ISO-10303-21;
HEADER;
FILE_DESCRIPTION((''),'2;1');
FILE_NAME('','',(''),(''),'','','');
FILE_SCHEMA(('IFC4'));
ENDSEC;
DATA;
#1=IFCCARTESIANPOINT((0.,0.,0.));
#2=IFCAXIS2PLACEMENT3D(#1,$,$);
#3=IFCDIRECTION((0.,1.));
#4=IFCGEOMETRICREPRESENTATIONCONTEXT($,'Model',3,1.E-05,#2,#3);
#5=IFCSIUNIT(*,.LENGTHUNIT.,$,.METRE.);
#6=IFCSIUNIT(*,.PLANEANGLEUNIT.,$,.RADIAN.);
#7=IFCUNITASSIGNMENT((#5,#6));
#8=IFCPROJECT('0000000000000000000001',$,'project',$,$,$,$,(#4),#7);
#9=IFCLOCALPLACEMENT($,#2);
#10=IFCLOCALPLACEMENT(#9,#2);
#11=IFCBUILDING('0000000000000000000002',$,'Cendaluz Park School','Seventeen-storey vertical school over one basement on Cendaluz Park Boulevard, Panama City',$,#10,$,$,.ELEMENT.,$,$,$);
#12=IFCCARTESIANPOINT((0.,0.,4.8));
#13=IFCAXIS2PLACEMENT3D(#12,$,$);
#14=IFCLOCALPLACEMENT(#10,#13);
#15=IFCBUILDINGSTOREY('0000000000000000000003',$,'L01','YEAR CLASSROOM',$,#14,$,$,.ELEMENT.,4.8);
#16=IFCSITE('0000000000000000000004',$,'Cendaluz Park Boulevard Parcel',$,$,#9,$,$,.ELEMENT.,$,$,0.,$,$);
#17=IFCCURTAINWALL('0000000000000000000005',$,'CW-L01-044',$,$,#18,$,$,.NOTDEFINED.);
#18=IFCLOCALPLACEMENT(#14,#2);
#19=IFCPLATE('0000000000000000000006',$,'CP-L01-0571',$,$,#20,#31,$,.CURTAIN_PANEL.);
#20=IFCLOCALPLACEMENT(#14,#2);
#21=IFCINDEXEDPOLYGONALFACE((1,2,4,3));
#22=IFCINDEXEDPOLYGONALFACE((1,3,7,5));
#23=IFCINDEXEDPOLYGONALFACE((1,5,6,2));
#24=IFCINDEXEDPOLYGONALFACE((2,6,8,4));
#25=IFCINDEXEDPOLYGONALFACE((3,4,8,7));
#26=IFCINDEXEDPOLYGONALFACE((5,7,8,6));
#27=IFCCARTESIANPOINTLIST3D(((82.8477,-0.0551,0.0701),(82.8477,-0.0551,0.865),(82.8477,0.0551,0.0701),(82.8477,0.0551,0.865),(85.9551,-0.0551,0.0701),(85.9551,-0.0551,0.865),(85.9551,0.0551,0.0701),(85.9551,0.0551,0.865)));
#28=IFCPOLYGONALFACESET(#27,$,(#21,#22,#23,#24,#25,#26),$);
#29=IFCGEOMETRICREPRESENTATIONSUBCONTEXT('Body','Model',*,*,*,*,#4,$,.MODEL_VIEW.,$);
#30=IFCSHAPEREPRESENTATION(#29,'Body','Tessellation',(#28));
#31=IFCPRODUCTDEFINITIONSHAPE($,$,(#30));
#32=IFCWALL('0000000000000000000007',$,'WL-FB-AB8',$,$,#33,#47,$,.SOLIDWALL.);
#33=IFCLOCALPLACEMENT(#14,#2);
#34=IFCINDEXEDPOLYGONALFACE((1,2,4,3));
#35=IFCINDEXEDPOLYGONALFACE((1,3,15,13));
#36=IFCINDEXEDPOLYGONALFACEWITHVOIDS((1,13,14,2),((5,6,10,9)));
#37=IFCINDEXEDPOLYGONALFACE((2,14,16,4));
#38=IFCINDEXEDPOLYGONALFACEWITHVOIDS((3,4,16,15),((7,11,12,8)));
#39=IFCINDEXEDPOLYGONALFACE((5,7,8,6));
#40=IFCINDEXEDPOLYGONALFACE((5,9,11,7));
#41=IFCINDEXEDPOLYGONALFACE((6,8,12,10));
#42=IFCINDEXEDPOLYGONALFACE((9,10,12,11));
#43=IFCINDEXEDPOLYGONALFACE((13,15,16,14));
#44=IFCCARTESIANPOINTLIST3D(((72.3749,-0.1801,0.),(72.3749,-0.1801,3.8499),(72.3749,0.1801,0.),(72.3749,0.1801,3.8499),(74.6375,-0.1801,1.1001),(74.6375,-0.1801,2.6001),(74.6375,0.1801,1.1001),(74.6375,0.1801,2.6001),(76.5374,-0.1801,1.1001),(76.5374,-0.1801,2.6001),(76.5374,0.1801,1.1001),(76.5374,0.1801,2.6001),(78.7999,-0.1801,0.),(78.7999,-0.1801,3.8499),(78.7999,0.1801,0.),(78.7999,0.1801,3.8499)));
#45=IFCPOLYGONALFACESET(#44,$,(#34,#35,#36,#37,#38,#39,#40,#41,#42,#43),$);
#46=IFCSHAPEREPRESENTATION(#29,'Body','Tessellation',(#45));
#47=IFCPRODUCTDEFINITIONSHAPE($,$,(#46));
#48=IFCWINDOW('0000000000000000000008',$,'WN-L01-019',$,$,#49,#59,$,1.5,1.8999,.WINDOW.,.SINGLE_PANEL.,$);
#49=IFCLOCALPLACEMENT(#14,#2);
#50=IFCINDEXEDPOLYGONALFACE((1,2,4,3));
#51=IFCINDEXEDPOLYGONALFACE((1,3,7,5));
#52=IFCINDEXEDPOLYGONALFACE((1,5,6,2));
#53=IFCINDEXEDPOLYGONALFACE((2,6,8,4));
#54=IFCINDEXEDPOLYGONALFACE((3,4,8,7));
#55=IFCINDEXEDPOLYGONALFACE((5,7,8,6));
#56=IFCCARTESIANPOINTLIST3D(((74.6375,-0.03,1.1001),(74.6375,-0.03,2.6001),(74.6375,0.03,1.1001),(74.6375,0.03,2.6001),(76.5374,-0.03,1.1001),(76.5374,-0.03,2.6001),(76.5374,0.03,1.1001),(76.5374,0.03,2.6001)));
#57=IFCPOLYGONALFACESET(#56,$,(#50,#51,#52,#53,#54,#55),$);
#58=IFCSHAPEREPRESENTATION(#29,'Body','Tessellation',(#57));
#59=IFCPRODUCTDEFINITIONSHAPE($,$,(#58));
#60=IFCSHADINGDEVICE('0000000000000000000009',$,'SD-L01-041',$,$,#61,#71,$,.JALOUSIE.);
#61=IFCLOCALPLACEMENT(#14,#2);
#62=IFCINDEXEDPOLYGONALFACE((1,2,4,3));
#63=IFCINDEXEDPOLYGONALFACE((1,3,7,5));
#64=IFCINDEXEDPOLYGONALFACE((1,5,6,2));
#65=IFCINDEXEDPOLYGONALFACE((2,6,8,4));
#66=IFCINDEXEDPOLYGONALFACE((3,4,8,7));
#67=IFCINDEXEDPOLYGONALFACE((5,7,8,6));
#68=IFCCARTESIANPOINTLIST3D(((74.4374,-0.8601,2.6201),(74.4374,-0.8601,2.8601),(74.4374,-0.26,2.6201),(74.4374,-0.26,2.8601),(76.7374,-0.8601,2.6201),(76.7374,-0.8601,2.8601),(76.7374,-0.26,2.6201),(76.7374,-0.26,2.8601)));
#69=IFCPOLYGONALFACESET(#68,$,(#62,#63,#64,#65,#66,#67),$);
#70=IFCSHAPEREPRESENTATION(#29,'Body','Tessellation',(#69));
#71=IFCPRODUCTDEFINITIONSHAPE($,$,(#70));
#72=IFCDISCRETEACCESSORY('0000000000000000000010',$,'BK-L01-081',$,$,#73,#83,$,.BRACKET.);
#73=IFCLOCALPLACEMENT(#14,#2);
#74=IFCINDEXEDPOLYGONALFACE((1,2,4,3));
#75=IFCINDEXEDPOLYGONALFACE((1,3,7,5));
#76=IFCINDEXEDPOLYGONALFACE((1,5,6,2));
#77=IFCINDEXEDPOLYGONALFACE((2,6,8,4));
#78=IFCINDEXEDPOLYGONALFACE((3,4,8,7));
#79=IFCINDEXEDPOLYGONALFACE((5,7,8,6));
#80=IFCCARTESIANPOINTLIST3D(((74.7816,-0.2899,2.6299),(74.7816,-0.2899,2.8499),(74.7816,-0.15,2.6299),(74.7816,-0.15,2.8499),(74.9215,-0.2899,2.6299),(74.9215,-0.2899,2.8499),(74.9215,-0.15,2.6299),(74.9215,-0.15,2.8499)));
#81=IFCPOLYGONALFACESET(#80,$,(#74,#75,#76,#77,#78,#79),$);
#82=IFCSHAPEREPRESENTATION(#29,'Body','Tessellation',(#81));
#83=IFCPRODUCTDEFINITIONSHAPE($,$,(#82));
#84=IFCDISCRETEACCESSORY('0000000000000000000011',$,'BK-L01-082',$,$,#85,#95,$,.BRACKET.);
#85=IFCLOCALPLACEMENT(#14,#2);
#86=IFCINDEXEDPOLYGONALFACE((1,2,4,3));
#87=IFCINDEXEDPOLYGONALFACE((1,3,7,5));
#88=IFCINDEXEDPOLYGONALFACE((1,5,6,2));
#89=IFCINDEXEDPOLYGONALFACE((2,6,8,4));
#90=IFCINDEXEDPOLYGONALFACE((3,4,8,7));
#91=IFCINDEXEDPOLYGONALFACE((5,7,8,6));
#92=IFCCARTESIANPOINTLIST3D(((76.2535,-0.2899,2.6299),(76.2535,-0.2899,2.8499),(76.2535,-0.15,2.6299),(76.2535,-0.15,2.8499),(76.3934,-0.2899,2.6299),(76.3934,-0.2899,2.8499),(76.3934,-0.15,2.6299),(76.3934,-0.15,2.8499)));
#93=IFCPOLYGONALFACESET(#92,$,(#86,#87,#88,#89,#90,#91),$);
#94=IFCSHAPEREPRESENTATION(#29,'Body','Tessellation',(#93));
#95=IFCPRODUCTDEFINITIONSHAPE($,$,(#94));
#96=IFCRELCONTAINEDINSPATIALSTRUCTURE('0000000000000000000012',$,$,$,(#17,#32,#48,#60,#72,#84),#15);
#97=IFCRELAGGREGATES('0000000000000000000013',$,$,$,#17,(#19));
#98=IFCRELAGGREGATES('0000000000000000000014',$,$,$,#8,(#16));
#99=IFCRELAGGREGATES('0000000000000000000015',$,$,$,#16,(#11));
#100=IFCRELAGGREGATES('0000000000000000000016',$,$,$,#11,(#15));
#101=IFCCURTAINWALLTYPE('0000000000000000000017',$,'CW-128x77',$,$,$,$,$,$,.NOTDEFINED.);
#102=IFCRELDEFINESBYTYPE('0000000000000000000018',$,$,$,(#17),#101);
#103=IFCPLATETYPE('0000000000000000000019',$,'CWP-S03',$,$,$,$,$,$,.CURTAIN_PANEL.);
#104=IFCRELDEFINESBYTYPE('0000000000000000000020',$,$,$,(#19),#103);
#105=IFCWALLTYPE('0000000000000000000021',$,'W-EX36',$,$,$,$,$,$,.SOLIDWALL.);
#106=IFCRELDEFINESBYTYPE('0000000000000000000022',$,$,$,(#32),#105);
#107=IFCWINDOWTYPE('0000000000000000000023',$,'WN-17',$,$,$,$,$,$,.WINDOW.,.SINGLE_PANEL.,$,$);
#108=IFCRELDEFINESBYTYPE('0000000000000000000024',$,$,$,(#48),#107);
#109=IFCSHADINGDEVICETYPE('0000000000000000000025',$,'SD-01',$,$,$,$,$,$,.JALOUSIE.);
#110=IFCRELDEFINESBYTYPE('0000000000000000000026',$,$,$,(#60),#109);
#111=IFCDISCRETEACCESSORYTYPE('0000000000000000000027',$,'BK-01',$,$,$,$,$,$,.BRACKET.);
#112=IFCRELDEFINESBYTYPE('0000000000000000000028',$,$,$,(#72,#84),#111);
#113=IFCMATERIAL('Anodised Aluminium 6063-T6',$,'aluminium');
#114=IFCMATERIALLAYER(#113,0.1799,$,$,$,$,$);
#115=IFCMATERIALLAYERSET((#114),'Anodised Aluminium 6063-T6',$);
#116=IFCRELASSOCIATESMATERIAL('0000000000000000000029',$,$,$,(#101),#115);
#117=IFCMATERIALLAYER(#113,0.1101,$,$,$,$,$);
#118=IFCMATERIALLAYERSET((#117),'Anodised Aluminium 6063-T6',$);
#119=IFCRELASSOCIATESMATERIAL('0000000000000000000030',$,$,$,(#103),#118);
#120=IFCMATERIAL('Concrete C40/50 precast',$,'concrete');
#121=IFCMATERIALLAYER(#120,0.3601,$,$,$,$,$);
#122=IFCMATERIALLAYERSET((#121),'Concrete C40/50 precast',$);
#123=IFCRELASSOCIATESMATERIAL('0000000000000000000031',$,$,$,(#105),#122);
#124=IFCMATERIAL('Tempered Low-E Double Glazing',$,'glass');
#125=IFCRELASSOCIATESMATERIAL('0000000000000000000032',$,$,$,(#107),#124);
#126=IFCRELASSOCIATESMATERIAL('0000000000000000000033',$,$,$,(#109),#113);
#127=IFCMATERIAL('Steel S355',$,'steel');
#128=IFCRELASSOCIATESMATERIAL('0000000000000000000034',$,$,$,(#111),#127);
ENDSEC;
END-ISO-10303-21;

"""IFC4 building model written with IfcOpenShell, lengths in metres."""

from ifc_helpers import new_model, si_unit, direction, frame, frame_2d, origin, origin_2d, place, context, subcontext, project, spatial, rectangle, extrude, material, layer, layer_set, type_object, element, fill, aggregate, save


model = new_model("IFC4")

# Units and contexts
model_context = context("Model", 3, precision=1e-05, world=origin(), true_north=direction((0.0, 1.0)))
body_context = subcontext(model_context, "Body", "Model", "MODEL_VIEW")
ifc_project = project(units=[si_unit("LENGTHUNIT", "METRE"), si_unit("PLANEANGLEUNIT", "RADIAN")], contexts=[model_context])

# Site, building, storey
site_placement = place(None, origin())
site = spatial("IfcSite", under=ifc_project, at=site_placement, Name="Cendaluz Park Boulevard Parcel", CompositionType="ELEMENT", RefElevation=0.0)
building_placement = place(site_placement, origin())
building = spatial("IfcBuilding", under=site, at=building_placement, Name="Cendaluz Park School", Description="Seventeen-storey vertical school over one basement on Cendaluz Park Boulevard, Panama City", CompositionType="ELEMENT")
storey_placement = place(building_placement, frame((0.0, 0.0, 4.8)))
storey = spatial("IfcBuildingStorey", under=building, at=storey_placement, Name="L01", Description="YEAR CLASSROOM", CompositionType="ELEMENT", Elevation=4.8)

# Curtain wall, plate
ifc_material_1 = material(Name="Anodised Aluminium 6063-T6", Category="aluminium")
ifc_layer_1 = layer(ifc_material_1, 0.1799)
ifc_layer_set_1 = layer_set([ifc_layer_1], Name="Anodised Aluminium 6063-T6")
curtain_wall_type = type_object("IfcCurtainWallType", Name="CW-128x77", PredefinedType="NOTDEFINED", material=ifc_layer_set_1)
curtain_wall_placement = place(storey_placement, origin())
curtain_wall = element("IfcCurtainWall", 1, at=curtain_wall_placement, inside=storey, type_object=curtain_wall_type, Name="CW-L01-044", PredefinedType="NOTDEFINED")
ifc_material_2 = material(Name="Tempered Low-E Double Glazing", Category="glass")
ifc_layer_2 = layer(ifc_material_1, 0.1101)
ifc_layer_set_2 = layer_set([ifc_layer_2], Name="Anodised Aluminium 6063-T6")
plate_type_1 = type_object("IfcPlateType", Name="CWP-S03", PredefinedType="CURTAIN_PANEL", material=ifc_layer_set_2)
plate_1_placement = place(storey_placement, frame((84.4014, 0.0, 0.0701), z_axis=(0.0, 0.0, 1.0), x_axis=(1.0, 0.0, 0.0)))
plate_1 = element("IfcPlate", 2, at=plate_1_placement, type_object=plate_type_1, Name="CP-L01-0571", PredefinedType="CURTAIN_PANEL", context=body_context, shape_type="SweptSolid", body=[
    extrude(rectangle(XDim=3.1074, YDim=0.1101, at=origin_2d()), origin(), (0.0, 0.0, 1.0), 0.7949),
])
aggregate(curtain_wall, [plate_1])

# Wall, opening, window
ifc_material_3 = material(Name="Concrete C40/50 precast", Category="concrete")
ifc_layer_3 = layer(ifc_material_3, 0.3601)
ifc_layer_set_3 = layer_set([ifc_layer_3], Name="Concrete C40/50 precast")
wall_type = type_object("IfcWallType", Name="W-EX36", PredefinedType="SOLIDWALL", material=ifc_layer_set_3)
wall_placement = place(storey_placement, frame((72.375, 0.0, 0.0), z_axis=(0.0, 0.0, 1.0), x_axis=(1.0, 0.0, 0.0)))
wall = element("IfcWall", 3, at=wall_placement, inside=storey, type_object=wall_type, Name="WL-FB-AB8", PredefinedType="SOLIDWALL", context=body_context, shape_type="SweptSolid", body=[
    extrude(rectangle(XDim=6.425, YDim=0.3601, at=frame_2d((3.2124, 0.0))), origin(), (0.0, 0.0, 1.0), 3.8499),
])
opening_placement = place(wall_placement, frame((2.2625, 0.0, 1.1001)))
opening = element("IfcOpeningElement", 4, at=opening_placement, cuts=wall, PredefinedType="OPENING", context=body_context, shape_type="SweptSolid", body=[
    extrude(rectangle(XDim=1.8999, YDim=1.5, at=frame_2d((0.95, 0.75))), frame((0.0, 0.1921, 0.0), z_axis=(0.0, -1.0, 0.0), x_axis=(1.0, 0.0, 0.0)), (0.0, 0.0, 1.0), 0.384),
])
window_type = type_object("IfcWindowType", Name="WN-17", PartitioningType="SINGLE_PANEL", PredefinedType="WINDOW", material=ifc_material_2)
window_placement = place(opening_placement, origin())
window = element("IfcWindow", 5, at=window_placement, inside=storey, type_object=window_type, Name="WN-L01-019", OverallHeight=1.5, OverallWidth=1.8999, PartitioningType="SINGLE_PANEL", PredefinedType="WINDOW", context=body_context, shape_type="SweptSolid", body=[
    extrude(rectangle(XDim=1.8999, YDim=1.5, at=frame_2d((0.95, 0.75))), frame((0.0, 0.03, 0.0), z_axis=(0.0, -1.0, 0.0), x_axis=(1.0, 0.0, 0.0)), (0.0, 0.0, 1.0), 0.0601),
])
fill(opening, window)

# Shading device
shading_device_type = type_object("IfcShadingDeviceType", Name="SD-01", PredefinedType="JALOUSIE", material=ifc_material_1)
shading_device_placement = place(storey_placement, frame((75.5874, -0.5601, 2.6201), z_axis=(0.0, 0.0, 1.0), x_axis=(1.0, 0.0, 0.0)))
element("IfcShadingDevice", 6, at=shading_device_placement, inside=storey, type_object=shading_device_type, Name="SD-L01-041", PredefinedType="JALOUSIE", context=body_context, shape_type="SweptSolid", body=[
    extrude(rectangle(XDim=2.3, YDim=0.6001, at=origin_2d()), origin(), (0.0, 0.0, 1.0), 0.24),
])

# Discrete accessories
ifc_material_4 = material(Name="Steel S355", Category="steel")
discrete_accessory_type = type_object("IfcDiscreteAccessoryType", Name="BK-01", PredefinedType="BRACKET", material=ifc_material_4)
for number, where, z_axis, x_axis, name in (
    (7, (74.8516, -0.22, 2.6299), (0.0, 0.0, 1.0), (1.0, 0.0, 0.0), "BK-L01-081"),
    (8, (76.3235, -0.22, 2.6299), (0.0, 0.0, 1.0), (1.0, 0.0, 0.0), "BK-L01-082"),
):
    element("IfcDiscreteAccessory", number, at=place(storey_placement, frame(where, z_axis=z_axis, x_axis=x_axis)), inside=storey, type_object=discrete_accessory_type, Name=name, PredefinedType="BRACKET", context=body_context, shape_type="SweptSolid", body=[
        extrude(rectangle(XDim=0.1399, YDim=0.1399, at=origin_2d()), origin(), (0.0, 0.0, 1.0), 0.22),
    ])

save(model, "model.ifc")
